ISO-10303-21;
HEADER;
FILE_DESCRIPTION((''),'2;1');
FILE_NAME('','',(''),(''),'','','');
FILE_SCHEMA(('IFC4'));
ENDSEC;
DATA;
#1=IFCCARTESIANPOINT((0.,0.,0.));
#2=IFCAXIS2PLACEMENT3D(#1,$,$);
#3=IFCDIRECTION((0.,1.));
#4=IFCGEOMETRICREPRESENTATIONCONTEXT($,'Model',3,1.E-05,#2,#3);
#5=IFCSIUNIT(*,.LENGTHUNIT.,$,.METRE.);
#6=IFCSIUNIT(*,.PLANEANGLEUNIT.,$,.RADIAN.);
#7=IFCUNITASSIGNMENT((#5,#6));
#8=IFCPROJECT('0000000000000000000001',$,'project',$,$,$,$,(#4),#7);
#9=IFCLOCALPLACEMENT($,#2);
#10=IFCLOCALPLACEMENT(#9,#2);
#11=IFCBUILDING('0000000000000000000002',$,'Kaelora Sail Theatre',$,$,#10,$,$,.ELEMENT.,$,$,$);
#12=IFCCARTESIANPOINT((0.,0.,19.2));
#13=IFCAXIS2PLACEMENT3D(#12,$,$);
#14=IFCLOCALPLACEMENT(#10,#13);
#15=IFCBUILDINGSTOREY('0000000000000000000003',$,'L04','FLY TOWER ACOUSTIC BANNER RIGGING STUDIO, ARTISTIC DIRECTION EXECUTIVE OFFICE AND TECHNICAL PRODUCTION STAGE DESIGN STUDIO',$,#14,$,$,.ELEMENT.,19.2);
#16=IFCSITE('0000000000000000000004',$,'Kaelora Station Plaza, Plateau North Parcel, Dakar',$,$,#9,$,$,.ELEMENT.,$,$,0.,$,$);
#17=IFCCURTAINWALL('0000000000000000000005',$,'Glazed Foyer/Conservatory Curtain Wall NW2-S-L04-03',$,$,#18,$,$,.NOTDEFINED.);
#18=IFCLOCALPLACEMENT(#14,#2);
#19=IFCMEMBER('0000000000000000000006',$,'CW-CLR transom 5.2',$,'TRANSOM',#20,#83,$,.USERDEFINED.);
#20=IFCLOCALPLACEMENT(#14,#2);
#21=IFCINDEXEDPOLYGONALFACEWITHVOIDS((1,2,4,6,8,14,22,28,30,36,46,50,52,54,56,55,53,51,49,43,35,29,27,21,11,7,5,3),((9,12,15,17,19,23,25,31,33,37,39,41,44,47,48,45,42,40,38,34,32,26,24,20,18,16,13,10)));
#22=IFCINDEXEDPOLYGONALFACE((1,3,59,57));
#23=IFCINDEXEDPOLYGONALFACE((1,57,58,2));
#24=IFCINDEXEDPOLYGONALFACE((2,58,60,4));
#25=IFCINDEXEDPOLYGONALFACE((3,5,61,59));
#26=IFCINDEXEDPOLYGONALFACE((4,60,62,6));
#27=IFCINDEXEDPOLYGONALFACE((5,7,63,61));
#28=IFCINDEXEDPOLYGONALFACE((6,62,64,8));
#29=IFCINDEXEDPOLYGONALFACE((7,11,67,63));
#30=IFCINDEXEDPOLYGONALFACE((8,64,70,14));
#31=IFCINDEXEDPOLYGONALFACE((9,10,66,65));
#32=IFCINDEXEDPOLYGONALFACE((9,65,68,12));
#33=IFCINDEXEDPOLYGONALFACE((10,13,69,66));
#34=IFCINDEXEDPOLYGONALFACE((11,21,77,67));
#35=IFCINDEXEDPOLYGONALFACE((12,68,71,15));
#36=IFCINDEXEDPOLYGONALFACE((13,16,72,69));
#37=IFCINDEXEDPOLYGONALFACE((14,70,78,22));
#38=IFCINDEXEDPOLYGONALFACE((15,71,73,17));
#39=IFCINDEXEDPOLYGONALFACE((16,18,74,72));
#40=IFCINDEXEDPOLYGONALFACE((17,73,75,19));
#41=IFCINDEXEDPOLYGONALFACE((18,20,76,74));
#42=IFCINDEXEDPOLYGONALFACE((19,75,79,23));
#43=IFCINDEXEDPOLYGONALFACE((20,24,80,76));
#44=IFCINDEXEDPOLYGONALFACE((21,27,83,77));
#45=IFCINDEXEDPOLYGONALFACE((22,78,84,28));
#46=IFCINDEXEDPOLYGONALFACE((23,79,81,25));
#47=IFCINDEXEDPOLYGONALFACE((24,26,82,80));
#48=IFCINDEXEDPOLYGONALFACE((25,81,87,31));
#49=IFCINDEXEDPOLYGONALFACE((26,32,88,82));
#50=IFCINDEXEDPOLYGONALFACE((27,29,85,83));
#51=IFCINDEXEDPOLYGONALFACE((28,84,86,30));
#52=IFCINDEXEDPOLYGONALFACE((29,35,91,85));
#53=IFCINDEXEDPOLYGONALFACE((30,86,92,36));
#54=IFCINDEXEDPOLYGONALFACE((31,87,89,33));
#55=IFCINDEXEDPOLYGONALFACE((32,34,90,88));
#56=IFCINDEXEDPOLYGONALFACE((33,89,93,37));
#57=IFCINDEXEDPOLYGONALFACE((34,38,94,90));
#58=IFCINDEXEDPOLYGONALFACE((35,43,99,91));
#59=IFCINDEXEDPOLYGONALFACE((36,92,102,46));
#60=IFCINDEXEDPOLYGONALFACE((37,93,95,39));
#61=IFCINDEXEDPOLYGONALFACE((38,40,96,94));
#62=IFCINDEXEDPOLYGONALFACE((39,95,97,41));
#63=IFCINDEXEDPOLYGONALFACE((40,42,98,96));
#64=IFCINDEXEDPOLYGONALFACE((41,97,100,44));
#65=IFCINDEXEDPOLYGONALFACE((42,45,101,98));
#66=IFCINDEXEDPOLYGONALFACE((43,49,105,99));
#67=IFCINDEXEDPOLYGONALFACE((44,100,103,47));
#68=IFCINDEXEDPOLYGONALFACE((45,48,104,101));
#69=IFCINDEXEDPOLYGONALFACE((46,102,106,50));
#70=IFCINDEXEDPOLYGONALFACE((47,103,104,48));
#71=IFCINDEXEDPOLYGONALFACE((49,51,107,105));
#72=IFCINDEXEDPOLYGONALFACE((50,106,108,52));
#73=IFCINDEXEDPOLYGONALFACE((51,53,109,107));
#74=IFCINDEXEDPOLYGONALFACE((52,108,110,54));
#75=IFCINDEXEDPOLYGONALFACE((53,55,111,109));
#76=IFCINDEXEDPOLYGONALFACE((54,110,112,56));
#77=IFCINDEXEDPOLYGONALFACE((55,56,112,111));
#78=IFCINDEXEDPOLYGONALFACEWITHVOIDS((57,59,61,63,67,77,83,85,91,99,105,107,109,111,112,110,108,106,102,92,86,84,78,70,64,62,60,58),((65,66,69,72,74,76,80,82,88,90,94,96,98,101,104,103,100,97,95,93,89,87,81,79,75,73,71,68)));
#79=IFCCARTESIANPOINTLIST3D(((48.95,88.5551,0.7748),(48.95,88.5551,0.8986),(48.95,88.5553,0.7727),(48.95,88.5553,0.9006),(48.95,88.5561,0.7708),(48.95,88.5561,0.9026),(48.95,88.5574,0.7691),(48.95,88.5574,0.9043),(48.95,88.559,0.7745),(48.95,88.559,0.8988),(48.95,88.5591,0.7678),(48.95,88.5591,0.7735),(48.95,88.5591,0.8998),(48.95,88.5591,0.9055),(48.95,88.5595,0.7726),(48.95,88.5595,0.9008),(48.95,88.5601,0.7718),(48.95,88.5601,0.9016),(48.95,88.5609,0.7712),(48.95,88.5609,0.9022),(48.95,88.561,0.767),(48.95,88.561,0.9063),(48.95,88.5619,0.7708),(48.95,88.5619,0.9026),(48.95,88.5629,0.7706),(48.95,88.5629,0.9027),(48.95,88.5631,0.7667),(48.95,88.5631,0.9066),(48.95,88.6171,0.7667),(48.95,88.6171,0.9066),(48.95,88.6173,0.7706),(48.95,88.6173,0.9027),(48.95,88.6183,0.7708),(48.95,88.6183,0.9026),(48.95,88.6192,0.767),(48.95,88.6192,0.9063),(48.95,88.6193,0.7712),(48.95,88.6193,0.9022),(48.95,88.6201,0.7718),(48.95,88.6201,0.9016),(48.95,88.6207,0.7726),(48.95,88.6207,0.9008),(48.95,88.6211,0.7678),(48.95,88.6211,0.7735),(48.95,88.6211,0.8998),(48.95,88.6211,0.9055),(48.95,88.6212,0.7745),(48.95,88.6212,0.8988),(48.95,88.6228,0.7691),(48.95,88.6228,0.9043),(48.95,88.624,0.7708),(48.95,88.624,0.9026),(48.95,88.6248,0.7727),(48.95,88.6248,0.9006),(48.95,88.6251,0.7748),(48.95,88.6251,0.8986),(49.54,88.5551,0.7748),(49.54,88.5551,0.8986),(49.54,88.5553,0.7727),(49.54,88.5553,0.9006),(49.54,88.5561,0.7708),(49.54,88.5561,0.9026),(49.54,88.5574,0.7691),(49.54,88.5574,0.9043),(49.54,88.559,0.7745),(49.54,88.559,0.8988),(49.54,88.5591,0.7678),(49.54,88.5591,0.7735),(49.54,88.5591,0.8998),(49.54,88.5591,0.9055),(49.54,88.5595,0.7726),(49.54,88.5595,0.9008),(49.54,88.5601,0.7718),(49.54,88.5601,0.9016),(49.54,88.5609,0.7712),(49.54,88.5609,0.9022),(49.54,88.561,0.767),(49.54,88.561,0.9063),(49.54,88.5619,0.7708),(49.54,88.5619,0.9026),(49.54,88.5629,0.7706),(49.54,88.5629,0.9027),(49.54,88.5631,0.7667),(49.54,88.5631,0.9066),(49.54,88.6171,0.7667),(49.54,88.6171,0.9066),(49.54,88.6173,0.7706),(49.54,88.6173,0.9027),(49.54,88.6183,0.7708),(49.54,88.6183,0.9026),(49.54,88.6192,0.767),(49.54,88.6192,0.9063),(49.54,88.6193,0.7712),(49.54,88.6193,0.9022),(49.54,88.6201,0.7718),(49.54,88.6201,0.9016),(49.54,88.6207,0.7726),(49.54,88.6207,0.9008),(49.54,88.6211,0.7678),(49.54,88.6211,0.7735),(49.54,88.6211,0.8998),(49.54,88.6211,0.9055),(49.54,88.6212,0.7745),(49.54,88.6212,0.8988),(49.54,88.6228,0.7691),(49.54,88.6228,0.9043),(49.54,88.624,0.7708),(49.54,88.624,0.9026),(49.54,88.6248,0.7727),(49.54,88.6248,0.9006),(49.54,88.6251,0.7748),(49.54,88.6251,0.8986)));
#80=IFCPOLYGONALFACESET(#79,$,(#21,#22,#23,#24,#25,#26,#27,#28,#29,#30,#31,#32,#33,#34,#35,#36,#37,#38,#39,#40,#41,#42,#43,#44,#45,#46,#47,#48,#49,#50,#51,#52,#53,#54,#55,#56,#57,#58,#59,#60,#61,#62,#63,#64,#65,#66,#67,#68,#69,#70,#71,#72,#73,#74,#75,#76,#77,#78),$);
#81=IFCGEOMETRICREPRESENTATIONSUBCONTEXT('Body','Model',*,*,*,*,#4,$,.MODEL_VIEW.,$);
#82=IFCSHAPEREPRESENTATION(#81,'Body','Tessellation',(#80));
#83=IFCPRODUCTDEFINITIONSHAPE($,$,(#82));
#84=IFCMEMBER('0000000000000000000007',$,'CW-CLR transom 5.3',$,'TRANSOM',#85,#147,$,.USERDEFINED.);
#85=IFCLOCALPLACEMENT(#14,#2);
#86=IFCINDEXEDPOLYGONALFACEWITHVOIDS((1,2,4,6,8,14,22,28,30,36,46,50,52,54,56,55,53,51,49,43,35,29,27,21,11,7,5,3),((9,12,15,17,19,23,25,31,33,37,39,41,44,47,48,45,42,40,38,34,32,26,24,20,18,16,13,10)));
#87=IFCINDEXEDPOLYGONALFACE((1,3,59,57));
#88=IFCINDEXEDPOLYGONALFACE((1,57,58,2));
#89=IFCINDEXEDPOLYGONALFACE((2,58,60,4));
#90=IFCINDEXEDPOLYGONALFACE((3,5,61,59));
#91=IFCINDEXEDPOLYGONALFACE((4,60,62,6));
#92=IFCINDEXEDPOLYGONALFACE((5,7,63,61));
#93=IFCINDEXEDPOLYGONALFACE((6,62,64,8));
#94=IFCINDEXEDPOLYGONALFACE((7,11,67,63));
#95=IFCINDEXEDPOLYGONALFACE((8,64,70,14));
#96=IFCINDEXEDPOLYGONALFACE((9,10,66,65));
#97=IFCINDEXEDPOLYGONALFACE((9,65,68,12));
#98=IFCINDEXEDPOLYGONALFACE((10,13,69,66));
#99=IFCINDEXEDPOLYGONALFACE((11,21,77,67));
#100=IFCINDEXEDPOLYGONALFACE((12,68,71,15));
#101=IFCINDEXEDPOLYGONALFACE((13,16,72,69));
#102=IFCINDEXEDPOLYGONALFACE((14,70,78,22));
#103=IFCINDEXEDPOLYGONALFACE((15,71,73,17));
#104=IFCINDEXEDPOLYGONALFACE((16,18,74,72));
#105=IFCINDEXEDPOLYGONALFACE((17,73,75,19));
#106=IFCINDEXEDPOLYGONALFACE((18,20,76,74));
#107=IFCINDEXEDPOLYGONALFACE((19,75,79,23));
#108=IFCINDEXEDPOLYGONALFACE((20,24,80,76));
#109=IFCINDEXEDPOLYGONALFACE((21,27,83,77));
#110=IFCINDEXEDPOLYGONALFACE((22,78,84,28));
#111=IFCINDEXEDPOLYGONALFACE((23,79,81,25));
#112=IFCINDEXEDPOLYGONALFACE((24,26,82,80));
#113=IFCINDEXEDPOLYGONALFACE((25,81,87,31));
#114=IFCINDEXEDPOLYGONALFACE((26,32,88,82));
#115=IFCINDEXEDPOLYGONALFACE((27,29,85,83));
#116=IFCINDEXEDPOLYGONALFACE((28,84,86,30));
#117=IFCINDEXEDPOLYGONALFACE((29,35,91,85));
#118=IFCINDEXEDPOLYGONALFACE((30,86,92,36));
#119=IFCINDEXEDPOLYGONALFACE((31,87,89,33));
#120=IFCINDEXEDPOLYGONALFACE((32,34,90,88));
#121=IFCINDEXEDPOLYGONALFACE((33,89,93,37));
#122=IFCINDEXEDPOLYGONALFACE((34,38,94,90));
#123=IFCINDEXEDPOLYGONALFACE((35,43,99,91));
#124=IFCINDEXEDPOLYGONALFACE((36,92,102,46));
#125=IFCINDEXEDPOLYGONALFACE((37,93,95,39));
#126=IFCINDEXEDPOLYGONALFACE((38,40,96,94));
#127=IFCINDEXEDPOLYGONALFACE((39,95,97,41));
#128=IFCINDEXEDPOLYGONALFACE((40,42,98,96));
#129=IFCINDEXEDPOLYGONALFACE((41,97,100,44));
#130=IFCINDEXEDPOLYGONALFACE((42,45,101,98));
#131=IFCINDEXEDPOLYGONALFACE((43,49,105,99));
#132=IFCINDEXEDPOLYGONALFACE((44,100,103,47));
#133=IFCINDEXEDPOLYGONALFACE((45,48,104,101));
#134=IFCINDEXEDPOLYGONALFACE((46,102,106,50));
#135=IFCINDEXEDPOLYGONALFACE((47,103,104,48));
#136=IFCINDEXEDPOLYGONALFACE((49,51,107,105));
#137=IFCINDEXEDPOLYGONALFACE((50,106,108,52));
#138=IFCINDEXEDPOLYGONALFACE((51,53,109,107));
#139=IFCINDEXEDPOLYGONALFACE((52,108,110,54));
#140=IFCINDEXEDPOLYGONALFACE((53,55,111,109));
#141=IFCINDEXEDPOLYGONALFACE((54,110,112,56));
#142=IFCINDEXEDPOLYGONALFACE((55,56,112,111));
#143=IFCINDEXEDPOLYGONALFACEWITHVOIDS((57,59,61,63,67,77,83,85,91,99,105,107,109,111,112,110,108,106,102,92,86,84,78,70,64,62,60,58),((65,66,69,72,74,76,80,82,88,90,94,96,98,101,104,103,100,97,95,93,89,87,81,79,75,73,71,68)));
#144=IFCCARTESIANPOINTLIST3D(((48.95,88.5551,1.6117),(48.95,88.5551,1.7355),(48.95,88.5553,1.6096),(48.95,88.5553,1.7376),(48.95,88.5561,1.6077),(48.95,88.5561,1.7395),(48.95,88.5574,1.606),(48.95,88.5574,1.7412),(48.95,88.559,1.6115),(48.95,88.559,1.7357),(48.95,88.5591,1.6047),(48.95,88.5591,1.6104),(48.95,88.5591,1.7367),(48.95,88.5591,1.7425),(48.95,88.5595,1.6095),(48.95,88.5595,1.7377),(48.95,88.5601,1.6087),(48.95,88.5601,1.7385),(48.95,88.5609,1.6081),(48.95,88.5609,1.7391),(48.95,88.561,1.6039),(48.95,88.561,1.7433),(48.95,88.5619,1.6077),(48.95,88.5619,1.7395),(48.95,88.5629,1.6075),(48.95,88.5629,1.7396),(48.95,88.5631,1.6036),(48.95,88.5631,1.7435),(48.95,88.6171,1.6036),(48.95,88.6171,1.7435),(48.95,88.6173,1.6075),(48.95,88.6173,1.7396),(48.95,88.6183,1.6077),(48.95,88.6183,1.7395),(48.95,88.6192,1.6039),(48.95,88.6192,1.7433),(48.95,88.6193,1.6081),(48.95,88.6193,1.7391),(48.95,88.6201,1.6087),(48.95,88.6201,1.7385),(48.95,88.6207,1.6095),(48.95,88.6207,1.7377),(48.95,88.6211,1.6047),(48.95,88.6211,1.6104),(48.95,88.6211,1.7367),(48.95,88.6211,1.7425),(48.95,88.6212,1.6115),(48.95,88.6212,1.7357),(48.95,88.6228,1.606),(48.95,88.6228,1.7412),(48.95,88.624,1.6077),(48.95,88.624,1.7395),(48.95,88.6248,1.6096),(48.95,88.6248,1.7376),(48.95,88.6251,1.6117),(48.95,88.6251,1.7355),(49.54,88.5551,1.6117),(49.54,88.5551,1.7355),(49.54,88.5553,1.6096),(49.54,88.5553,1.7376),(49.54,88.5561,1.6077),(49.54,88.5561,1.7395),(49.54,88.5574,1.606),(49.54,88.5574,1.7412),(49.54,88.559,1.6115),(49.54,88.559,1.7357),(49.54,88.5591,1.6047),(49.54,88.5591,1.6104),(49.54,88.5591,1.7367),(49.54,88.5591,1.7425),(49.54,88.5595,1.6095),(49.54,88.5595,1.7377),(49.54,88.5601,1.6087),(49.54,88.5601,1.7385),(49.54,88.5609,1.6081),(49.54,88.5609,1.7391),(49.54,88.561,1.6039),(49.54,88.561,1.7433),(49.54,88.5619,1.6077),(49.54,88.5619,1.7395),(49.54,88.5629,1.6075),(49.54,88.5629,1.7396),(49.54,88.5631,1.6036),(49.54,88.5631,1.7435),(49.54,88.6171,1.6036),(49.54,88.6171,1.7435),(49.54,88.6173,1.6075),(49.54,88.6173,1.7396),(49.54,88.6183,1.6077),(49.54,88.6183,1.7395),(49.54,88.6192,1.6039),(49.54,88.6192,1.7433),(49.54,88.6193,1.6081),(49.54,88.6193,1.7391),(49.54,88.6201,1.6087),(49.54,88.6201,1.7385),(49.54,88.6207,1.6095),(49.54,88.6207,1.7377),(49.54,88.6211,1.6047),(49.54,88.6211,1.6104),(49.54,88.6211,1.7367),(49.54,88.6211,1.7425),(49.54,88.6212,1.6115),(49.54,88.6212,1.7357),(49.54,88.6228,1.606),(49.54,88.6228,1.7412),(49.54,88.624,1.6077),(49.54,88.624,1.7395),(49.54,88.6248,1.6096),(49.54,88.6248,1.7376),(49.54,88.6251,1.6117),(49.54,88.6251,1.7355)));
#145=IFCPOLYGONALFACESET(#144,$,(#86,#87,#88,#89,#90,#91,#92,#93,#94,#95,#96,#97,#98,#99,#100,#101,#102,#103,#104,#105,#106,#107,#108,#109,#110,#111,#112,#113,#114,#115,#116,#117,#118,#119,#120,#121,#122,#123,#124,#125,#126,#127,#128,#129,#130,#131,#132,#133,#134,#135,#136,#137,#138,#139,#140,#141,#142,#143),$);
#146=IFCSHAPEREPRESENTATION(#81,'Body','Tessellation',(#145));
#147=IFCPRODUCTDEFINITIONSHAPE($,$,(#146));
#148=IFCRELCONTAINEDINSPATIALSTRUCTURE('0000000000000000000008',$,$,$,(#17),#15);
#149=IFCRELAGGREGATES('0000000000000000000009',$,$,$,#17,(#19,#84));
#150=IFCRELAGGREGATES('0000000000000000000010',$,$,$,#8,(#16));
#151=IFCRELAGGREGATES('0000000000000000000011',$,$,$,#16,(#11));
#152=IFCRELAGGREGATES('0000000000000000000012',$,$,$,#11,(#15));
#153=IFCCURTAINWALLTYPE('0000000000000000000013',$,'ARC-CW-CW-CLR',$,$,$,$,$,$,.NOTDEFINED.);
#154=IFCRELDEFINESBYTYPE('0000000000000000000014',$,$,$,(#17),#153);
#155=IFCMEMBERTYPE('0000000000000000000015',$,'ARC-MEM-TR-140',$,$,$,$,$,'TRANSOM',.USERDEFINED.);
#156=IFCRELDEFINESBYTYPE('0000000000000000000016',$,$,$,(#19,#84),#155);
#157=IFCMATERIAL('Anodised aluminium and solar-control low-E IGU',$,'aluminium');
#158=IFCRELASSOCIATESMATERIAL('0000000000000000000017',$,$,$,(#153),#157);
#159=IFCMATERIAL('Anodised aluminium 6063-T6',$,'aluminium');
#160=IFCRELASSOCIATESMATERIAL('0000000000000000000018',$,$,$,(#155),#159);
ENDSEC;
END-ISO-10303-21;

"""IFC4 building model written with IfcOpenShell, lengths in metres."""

from ifc_helpers import new_model, si_unit, direction, frame, origin, origin_2d, place, context, subcontext, project, spatial, hollow_rectangle, extrude, material, material_profile, profile_set, type_object, element, aggregate, save


model = new_model("IFC4")

# Units and contexts
model_context = context("Model", 3, precision=1e-05, world=origin(), true_north=direction((0.0, 1.0)))
body_context = subcontext(model_context, "Body", "Model", "MODEL_VIEW")
ifc_project = project(units=[si_unit("LENGTHUNIT", "METRE"), si_unit("PLANEANGLEUNIT", "RADIAN")], contexts=[model_context])

# Site, building, storey
site_placement = place(None, origin())
site = spatial("IfcSite", under=ifc_project, at=site_placement, Name="Kaelora Station Plaza, Plateau North Parcel, Dakar", CompositionType="ELEMENT", RefElevation=0.0)
building_placement = place(site_placement, origin())
building = spatial("IfcBuilding", under=site, at=building_placement, Name="Kaelora Sail Theatre", CompositionType="ELEMENT")
storey_placement = place(building_placement, frame((0.0, 0.0, 19.2)))
storey = spatial("IfcBuildingStorey", under=building, at=storey_placement, Name="L04", Description="FLY TOWER ACOUSTIC BANNER RIGGING STUDIO, ARTISTIC DIRECTION EXECUTIVE OFFICE AND TECHNICAL PRODUCTION STAGE DESIGN STUDIO", CompositionType="ELEMENT", Elevation=19.2)

# Curtain wall, members
ifc_material_1 = material(Name="Anodised aluminium and solar-control low-E IGU", Category="aluminium")
curtain_wall_type = type_object("IfcCurtainWallType", Name="ARC-CW-CW-CLR", PredefinedType="NOTDEFINED", material=ifc_material_1)
curtain_wall_placement = place(storey_placement, origin())
curtain_wall = element("IfcCurtainWall", 1, at=curtain_wall_placement, inside=storey, type_object=curtain_wall_type, Name="Glazed Foyer/Conservatory Curtain Wall NW2-S-L04-03", PredefinedType="NOTDEFINED")
ifc_material_2 = material(Name="Anodised aluminium 6063-T6", Category="aluminium")
ifc_material_profile_1 = material_profile(ifc_material_2, hollow_rectangle(XDim=0.0701, YDim=0.1399, WallThickness=0.0039, InnerFilletRadius=0.0039, OuterFilletRadius=0.0081, at=origin_2d()), Name="ALU-TRAN 70x140x4")
ifc_profile_set_1 = profile_set([ifc_material_profile_1], Name="Anodised aluminium 6063-T6")
member_type_1 = type_object("IfcMemberType", Name="ARC-MEM-TR-140", ElementType="TRANSOM", PredefinedType="USERDEFINED", material=ifc_profile_set_1)
member_1_placement = place(storey_placement, frame((48.95, 88.5901, 0.8367), z_axis=(1.0, 0.0, 0.0), x_axis=(0.0, 1.0, 0.0)))
member_1 = element("IfcMember", 2, at=member_1_placement, type_object=member_type_1, Name="CW-CLR transom 5.2", ObjectType="TRANSOM", PredefinedType="USERDEFINED", context=body_context, shape_type="SweptSolid", body=[
    extrude(hollow_rectangle(XDim=0.0701, YDim=0.1399, WallThickness=0.0039, InnerFilletRadius=0.0039, OuterFilletRadius=0.0081, at=origin_2d()), origin(), (0.0, 0.0, 1.0), 0.5901),
])
member_2_placement = place(storey_placement, frame((48.95, 88.5901, 1.6736), z_axis=(1.0, 0.0, 0.0), x_axis=(0.0, 1.0, 0.0)))
member_2 = element("IfcMember", 3, at=member_2_placement, type_object=member_type_1, Name="CW-CLR transom 5.3", ObjectType="TRANSOM", PredefinedType="USERDEFINED", context=body_context, shape_type="SweptSolid", body=[
    extrude(hollow_rectangle(XDim=0.0701, YDim=0.1399, WallThickness=0.0039, InnerFilletRadius=0.0039, OuterFilletRadius=0.0081, at=origin_2d()), origin(), (0.0, 0.0, 1.0), 0.5901),
])

aggregate(curtain_wall, [member_1, member_2])

save(model, "model.ifc")
